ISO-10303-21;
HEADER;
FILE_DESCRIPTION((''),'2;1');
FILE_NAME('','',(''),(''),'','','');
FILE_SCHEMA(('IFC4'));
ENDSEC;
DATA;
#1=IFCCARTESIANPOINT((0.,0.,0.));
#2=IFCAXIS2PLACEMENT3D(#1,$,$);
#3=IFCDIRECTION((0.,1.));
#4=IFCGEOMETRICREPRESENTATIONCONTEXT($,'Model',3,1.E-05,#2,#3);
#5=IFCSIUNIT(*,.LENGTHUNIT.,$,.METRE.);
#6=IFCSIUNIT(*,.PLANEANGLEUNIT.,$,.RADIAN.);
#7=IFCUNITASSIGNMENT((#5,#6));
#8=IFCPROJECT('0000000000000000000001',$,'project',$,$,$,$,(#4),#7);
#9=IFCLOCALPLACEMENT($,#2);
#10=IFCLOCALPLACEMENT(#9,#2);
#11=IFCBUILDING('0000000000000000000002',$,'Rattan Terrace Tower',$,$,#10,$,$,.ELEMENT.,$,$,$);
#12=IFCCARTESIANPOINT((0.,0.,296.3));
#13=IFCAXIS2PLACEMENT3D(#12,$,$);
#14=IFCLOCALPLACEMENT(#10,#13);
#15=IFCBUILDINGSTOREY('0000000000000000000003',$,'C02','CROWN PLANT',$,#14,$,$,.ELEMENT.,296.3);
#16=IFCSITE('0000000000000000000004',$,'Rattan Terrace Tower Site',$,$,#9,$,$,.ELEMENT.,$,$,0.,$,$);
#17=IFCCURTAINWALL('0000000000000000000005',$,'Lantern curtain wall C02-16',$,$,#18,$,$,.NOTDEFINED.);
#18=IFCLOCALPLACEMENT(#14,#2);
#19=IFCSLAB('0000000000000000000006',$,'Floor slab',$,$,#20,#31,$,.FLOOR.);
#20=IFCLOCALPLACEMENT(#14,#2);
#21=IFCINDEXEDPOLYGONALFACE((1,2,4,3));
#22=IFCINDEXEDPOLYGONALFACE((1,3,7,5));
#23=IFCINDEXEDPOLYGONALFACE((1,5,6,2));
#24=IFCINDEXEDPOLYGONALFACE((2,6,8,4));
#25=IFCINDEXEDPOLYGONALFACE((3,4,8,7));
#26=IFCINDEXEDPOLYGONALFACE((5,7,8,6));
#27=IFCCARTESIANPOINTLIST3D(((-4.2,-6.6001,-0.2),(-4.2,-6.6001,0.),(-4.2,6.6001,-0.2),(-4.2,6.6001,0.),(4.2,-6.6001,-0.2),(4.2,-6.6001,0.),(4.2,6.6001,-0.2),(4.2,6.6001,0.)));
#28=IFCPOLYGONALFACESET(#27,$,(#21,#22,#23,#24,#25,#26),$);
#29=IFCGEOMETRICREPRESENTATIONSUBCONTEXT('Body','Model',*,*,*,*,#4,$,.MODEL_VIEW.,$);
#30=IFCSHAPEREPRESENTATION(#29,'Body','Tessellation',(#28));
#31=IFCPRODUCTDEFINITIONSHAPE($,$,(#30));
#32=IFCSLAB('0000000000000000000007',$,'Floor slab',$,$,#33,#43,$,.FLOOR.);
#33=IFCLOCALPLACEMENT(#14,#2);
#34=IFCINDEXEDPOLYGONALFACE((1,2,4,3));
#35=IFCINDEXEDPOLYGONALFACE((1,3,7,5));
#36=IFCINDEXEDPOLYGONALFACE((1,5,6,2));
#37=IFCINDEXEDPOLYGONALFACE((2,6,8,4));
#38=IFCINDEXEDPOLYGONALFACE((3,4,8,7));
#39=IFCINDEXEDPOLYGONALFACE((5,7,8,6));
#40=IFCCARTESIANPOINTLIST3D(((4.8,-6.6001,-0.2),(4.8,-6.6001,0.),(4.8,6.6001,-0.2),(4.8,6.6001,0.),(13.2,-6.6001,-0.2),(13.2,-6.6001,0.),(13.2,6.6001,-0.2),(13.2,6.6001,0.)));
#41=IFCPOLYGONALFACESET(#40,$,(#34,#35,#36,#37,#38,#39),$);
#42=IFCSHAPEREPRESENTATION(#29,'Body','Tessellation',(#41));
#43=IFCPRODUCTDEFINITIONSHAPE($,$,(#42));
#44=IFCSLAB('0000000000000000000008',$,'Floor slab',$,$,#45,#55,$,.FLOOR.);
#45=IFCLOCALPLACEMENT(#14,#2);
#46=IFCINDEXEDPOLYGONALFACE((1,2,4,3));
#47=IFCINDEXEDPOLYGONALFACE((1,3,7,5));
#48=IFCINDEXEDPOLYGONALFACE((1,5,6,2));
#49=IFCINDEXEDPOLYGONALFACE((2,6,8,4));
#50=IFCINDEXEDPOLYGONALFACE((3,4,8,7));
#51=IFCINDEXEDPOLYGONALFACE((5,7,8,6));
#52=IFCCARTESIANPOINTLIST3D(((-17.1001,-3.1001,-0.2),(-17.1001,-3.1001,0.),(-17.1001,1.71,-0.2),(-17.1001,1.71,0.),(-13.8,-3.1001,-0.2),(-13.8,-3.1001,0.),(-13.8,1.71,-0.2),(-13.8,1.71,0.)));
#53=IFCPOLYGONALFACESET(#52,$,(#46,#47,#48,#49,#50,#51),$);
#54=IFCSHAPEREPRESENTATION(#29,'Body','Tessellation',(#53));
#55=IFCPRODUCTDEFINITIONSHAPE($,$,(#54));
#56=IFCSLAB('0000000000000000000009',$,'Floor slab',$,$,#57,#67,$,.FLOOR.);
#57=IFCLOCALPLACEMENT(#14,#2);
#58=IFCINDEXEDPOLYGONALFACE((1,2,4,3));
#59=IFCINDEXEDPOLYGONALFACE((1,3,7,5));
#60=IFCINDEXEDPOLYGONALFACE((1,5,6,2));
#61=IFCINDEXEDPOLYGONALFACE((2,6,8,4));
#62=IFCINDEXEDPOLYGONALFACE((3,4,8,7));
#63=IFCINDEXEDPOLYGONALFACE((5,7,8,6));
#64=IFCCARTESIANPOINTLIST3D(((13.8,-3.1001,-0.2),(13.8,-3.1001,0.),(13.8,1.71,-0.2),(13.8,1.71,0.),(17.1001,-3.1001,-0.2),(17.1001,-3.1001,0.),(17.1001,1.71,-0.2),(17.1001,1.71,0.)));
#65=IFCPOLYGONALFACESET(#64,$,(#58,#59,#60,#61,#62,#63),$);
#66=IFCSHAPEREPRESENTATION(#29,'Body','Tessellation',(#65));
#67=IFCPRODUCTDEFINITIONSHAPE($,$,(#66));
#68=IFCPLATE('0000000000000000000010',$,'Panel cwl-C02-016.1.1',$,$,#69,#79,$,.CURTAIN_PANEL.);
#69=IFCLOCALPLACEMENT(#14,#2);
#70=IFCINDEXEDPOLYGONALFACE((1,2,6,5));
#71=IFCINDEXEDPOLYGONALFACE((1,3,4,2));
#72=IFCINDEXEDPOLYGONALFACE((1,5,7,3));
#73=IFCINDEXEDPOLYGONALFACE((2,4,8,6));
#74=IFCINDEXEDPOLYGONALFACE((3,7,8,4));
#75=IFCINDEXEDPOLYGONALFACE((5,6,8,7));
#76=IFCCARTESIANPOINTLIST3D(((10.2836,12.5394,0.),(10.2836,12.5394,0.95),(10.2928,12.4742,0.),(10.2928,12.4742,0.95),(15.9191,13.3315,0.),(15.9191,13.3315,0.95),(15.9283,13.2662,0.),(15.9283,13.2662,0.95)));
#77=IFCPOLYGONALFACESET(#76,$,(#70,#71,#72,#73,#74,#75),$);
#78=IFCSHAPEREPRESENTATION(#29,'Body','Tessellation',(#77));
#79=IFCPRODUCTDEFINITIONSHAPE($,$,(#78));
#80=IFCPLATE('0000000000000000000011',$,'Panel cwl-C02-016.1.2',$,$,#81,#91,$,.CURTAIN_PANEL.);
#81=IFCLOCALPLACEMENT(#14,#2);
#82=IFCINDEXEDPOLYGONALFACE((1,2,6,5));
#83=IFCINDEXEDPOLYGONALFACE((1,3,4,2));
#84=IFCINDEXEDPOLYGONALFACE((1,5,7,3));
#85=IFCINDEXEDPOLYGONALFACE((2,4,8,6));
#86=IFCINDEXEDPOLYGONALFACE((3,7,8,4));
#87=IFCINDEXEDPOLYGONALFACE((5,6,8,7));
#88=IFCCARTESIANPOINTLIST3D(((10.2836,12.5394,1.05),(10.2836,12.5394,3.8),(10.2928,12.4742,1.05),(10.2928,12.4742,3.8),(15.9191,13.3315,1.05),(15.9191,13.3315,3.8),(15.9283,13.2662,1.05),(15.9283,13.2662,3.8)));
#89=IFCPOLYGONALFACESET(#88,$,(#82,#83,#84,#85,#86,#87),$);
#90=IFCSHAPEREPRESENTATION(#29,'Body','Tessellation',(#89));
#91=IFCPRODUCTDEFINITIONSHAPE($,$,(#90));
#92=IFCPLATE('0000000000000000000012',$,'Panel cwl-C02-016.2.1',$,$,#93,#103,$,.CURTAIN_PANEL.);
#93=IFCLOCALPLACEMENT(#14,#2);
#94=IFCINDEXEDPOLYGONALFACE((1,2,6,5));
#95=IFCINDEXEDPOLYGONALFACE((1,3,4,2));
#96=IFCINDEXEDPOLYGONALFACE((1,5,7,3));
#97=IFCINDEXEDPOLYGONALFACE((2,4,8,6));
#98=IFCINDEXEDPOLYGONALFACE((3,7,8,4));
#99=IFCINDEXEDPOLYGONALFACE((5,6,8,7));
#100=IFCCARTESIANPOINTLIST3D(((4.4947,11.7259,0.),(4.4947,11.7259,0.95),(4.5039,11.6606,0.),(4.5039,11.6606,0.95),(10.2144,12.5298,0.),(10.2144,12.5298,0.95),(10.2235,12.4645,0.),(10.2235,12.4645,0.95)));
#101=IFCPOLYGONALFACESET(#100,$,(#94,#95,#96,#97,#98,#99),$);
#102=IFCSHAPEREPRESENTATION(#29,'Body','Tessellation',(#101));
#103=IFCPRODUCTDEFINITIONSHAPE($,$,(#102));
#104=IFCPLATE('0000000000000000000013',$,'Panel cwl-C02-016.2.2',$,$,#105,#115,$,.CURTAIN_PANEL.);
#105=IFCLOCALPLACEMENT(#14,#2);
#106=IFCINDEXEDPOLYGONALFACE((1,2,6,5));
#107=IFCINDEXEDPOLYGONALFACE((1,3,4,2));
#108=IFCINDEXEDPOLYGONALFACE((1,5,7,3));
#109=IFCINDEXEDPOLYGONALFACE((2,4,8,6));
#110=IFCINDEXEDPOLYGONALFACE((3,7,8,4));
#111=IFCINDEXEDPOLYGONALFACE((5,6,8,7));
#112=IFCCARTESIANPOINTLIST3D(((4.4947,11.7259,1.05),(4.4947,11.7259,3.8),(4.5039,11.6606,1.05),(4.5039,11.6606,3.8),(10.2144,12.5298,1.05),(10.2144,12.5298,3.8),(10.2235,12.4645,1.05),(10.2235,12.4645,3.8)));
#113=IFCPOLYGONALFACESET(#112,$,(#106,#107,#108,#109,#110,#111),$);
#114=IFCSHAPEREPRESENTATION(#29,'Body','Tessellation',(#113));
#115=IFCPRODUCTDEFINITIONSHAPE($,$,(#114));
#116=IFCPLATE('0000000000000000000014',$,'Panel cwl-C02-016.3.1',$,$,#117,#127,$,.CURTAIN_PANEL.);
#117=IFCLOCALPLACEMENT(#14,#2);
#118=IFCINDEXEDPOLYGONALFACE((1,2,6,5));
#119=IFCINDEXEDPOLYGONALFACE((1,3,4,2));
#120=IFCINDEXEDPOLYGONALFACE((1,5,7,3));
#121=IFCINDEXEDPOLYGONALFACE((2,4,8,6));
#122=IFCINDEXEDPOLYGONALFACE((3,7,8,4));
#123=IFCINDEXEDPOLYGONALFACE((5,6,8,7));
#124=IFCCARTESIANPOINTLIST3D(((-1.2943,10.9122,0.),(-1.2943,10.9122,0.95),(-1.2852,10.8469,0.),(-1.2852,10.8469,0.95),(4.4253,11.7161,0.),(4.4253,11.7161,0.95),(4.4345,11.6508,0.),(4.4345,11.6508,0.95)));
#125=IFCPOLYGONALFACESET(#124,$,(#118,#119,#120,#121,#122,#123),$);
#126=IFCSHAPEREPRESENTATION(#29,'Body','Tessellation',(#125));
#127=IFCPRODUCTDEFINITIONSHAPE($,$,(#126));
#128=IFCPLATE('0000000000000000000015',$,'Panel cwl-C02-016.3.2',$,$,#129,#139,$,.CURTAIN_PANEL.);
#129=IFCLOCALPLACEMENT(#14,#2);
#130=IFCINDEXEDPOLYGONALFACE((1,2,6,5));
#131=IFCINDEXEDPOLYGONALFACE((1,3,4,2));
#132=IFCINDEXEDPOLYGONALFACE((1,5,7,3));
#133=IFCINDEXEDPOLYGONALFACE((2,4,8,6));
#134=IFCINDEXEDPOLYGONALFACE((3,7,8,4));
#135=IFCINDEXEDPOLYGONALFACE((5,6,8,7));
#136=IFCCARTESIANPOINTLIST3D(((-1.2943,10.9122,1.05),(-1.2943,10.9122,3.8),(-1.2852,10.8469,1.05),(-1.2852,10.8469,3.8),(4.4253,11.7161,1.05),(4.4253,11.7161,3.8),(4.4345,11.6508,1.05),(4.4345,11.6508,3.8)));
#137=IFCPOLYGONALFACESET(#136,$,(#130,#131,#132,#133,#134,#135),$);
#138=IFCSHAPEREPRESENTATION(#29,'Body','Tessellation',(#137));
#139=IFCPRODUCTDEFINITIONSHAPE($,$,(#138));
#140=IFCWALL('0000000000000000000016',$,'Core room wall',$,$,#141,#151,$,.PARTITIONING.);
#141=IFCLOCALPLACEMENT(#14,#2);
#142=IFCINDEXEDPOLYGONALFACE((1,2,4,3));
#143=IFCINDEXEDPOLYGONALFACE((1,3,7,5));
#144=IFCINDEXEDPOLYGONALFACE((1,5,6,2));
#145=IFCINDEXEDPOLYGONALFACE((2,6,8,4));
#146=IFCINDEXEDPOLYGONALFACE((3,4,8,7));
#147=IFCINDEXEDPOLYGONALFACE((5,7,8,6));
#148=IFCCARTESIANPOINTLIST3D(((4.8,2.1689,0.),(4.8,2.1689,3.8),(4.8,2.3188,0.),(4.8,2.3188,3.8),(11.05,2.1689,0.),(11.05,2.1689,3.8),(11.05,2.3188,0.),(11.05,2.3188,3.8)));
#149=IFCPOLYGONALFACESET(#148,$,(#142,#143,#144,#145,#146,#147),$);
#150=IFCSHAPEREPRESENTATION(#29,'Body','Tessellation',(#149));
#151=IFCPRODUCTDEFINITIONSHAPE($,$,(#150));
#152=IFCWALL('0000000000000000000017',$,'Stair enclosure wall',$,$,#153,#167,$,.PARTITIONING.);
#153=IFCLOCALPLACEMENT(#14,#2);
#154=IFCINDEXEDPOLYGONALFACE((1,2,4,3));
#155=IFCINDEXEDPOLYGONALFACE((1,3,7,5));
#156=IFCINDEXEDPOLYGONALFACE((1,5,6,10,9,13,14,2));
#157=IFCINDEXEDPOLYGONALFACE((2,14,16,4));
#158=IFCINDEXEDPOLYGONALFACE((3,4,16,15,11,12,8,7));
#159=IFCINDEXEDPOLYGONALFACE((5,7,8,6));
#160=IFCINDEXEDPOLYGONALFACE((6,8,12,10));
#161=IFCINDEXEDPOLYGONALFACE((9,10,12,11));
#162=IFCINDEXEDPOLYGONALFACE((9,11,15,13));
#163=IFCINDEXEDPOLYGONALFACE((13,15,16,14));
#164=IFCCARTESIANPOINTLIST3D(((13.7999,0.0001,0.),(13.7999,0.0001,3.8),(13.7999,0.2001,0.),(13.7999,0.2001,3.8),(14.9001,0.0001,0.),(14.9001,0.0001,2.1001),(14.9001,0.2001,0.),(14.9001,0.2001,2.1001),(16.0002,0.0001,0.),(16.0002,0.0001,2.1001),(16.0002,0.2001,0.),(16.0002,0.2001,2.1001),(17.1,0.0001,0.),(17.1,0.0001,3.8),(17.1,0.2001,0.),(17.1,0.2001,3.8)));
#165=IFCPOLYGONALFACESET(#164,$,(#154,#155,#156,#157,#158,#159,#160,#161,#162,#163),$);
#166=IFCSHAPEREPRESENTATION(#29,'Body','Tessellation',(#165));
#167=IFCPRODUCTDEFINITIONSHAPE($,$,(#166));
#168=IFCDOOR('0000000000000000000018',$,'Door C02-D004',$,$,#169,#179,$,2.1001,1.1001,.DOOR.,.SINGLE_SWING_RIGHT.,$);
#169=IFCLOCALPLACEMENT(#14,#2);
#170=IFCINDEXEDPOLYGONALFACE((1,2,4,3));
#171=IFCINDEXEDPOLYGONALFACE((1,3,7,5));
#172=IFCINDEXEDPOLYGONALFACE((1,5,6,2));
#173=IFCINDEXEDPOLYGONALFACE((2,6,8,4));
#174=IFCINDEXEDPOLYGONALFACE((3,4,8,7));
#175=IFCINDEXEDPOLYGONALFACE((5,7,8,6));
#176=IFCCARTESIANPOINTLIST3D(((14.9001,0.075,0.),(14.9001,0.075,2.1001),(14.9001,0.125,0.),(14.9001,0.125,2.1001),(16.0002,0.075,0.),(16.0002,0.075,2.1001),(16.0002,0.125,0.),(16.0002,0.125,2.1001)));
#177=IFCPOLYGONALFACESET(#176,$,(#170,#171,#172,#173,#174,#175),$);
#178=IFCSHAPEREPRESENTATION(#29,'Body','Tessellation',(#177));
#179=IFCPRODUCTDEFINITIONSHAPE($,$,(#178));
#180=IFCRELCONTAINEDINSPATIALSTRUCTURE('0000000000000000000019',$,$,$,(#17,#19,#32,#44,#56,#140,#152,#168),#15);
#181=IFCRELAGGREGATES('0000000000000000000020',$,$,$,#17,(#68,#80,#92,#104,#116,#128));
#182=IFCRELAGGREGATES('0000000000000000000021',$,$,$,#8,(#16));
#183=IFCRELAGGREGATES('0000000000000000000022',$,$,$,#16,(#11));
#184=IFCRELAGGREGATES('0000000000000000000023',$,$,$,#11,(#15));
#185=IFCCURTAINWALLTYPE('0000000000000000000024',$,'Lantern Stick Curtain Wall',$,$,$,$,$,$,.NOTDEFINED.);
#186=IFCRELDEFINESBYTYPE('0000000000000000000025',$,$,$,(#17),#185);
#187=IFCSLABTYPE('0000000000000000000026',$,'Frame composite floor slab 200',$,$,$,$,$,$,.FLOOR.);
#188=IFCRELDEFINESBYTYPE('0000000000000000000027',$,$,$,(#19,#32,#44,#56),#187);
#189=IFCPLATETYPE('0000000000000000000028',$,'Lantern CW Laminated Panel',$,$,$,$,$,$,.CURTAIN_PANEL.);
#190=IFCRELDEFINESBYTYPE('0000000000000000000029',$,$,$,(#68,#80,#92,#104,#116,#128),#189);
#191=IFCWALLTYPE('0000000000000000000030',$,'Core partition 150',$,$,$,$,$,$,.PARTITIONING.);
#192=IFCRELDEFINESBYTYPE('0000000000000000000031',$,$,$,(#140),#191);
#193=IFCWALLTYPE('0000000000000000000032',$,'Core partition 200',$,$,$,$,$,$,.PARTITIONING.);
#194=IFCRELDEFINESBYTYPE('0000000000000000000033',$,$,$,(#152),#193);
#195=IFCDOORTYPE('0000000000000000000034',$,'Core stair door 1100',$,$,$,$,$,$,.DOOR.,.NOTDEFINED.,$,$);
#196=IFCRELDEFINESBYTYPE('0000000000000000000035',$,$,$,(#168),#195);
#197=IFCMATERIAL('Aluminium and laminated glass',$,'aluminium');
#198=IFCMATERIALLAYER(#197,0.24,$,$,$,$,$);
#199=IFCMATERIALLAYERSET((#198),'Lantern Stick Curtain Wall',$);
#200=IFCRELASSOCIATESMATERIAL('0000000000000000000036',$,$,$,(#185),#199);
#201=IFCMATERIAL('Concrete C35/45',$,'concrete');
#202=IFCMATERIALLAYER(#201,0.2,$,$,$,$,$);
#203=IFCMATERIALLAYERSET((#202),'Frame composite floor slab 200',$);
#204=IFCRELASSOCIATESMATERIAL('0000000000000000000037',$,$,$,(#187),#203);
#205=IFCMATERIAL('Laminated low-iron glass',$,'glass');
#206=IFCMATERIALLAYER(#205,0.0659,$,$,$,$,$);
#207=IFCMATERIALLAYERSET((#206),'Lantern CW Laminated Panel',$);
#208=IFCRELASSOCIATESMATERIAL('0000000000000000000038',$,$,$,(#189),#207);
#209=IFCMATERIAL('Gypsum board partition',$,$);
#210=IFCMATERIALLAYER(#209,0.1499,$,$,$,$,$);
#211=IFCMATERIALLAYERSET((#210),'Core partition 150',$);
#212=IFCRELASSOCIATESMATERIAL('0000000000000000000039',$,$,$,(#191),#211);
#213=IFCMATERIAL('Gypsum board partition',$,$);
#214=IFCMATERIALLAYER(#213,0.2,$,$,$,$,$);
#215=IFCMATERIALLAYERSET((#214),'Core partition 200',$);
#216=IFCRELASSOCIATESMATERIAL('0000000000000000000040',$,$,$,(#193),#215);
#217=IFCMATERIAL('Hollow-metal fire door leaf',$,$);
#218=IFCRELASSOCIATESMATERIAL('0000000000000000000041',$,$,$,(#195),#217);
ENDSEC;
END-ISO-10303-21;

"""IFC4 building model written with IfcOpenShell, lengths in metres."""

from ifc_helpers import new_model, si_unit, direction, frame, frame_2d, origin, origin_2d, place, context, subcontext, project, spatial, polyline, rectangle, outline, extrude, material, layer, layer_set, type_object, element, fill, aggregate, save


model = new_model("IFC4")

# Units and contexts
model_context = context("Model", 3, precision=1e-05, world=origin(), true_north=direction((0.0, 1.0)))
body_context = subcontext(model_context, "Body", "Model", "MODEL_VIEW")
ifc_project = project(units=[si_unit("LENGTHUNIT", "METRE"), si_unit("PLANEANGLEUNIT", "RADIAN")], contexts=[model_context])

# Site, building, storey
site_placement = place(None, origin())
site = spatial("IfcSite", under=ifc_project, at=site_placement, Name="Rattan Terrace Tower Site", CompositionType="ELEMENT", RefElevation=0.0)
building_placement = place(site_placement, origin())
building = spatial("IfcBuilding", under=site, at=building_placement, Name="Rattan Terrace Tower", CompositionType="ELEMENT")
storey_placement = place(building_placement, frame((0.0, 0.0, 296.3)))
storey = spatial("IfcBuildingStorey", under=building, at=storey_placement, Name="C02", Description="CROWN PLANT", CompositionType="ELEMENT", Elevation=296.3)

# Curtain wall
ifc_material_1 = material(Name="Aluminium and laminated glass", Category="aluminium")
ifc_layer_1 = layer(ifc_material_1, 0.24)
ifc_layer_set_1 = layer_set([ifc_layer_1], Name="Lantern Stick Curtain Wall")
curtain_wall_type = type_object("IfcCurtainWallType", Name="Lantern Stick Curtain Wall", PredefinedType="NOTDEFINED", material=ifc_layer_set_1)
curtain_wall_placement = place(storey_placement, origin())
curtain_wall = element("IfcCurtainWall", 1, at=curtain_wall_placement, inside=storey, type_object=curtain_wall_type, Name="Lantern curtain wall C02-16", PredefinedType="NOTDEFINED")

# Slabs
ifc_material_2 = material(Name="Concrete C35/45", Category="concrete")
ifc_layer_2 = layer(ifc_material_2, 0.2)
ifc_layer_set_2 = layer_set([ifc_layer_2], Name="Frame composite floor slab 200")
slab_type_1 = type_object("IfcSlabType", Name="Frame composite floor slab 200", PredefinedType="FLOOR", material=ifc_layer_set_2)
slab_1_placement = place(storey_placement, frame((0.0, 0.0, -0.2)))
element("IfcSlab", 2, at=slab_1_placement, inside=storey, type_object=slab_type_1, Name="Floor slab", PredefinedType="FLOOR", context=body_context, shape_type="SweptSolid", body=[
    extrude(outline(polyline([(-4.2, 6.6001), (-4.2, -6.6001), (4.2, -6.6001), (4.2, 6.6001), (-4.2, 6.6001)])), origin(), (0.0, 0.0, 1.0), 0.2),
])
slab_2_placement = place(storey_placement, frame((0.0, 0.0, -0.2)))
element("IfcSlab", 3, at=slab_2_placement, inside=storey, type_object=slab_type_1, Name="Floor slab", PredefinedType="FLOOR", context=body_context, shape_type="SweptSolid", body=[
    extrude(outline(polyline([(4.8, -6.6001), (13.2, -6.6001), (13.2, 6.6001), (4.8, 6.6001), (4.8, -6.6001)])), origin(), (0.0, 0.0, 1.0), 0.2),
])
slab_3_placement = place(storey_placement, frame((0.0, 0.0, -0.2)))
element("IfcSlab", 4, at=slab_3_placement, inside=storey, type_object=slab_type_1, Name="Floor slab", PredefinedType="FLOOR", context=body_context, shape_type="SweptSolid", body=[
    extrude(outline(polyline([(-13.8, -3.1001), (-13.8, 1.71), (-17.1001, 1.71), (-17.1001, -3.1001), (-13.8, -3.1001)])), origin(), (0.0, 0.0, 1.0), 0.2),
])
slab_4_placement = place(storey_placement, frame((0.0, 0.0, -0.2)))
element("IfcSlab", 5, at=slab_4_placement, inside=storey, type_object=slab_type_1, Name="Floor slab", PredefinedType="FLOOR", context=body_context, shape_type="SweptSolid", body=[
    extrude(outline(polyline([(13.8, -3.1001), (17.1001, -3.1001), (17.1001, 1.71), (13.8, 1.71), (13.8, -3.1001)])), origin(), (0.0, 0.0, 1.0), 0.2),
])

# Plates
ifc_material_3 = material(Name="Laminated low-iron glass", Category="glass")
ifc_layer_3 = layer(ifc_material_3, 0.0659)
ifc_layer_set_3 = layer_set([ifc_layer_3], Name="Lantern CW Laminated Panel")
plate_type = type_object("IfcPlateType", Name="Lantern CW Laminated Panel", PredefinedType="CURTAIN_PANEL", material=ifc_layer_set_3)
plate_1_placement = place(storey_placement, frame((13.106, 12.9028, 0.0), z_axis=(0.0, 0.0, 1.0), x_axis=(-0.990267, -0.139181, 0.0)))
plate_1 = element("IfcPlate", 6, at=plate_1_placement, type_object=plate_type, Name="Panel cwl-C02-016.1.1", PredefinedType="CURTAIN_PANEL", context=body_context, shape_type="SweptSolid", body=[
    extrude(rectangle(XDim=5.6909, YDim=0.0659, at=origin_2d()), origin(), (0.0, 0.0, 1.0), 0.95),
])
plate_2_placement = place(storey_placement, frame((13.106, 12.9028, 1.05), z_axis=(0.0, 0.0, 1.0), x_axis=(-0.990267, -0.139181, 0.0)))
plate_2 = element("IfcPlate", 7, at=plate_2_placement, type_object=plate_type, Name="Panel cwl-C02-016.1.2", PredefinedType="CURTAIN_PANEL", context=body_context, shape_type="SweptSolid", body=[
    extrude(rectangle(XDim=5.6909, YDim=0.0659, at=origin_2d()), origin(), (0.0, 0.0, 1.0), 2.75),
])
plate_3_placement = place(storey_placement, frame((7.3591, 12.0952, 0.0), z_axis=(0.0, 0.0, 1.0), x_axis=(-0.990267, -0.139181, 0.0)))
plate_3 = element("IfcPlate", 8, at=plate_3_placement, type_object=plate_type, Name="Panel cwl-C02-016.2.1", PredefinedType="CURTAIN_PANEL", context=body_context, shape_type="SweptSolid", body=[
    extrude(rectangle(XDim=5.7759, YDim=0.0659, at=origin_2d()), origin(), (0.0, 0.0, 1.0), 0.95),
])
plate_4_placement = place(storey_placement, frame((7.3591, 12.0952, 1.05), z_axis=(0.0, 0.0, 1.0), x_axis=(-0.990267, -0.139181, 0.0)))
plate_4 = element("IfcPlate", 9, at=plate_4_placement, type_object=plate_type, Name="Panel cwl-C02-016.2.2", PredefinedType="CURTAIN_PANEL", context=body_context, shape_type="SweptSolid", body=[
    extrude(rectangle(XDim=5.7759, YDim=0.0659, at=origin_2d()), origin(), (0.0, 0.0, 1.0), 2.75),
])
plate_5_placement = place(storey_placement, frame((1.5701, 11.2815, 0.0), z_axis=(0.0, 0.0, 1.0), x_axis=(-0.990267, -0.139181, 0.0)))
plate_5 = element("IfcPlate", 10, at=plate_5_placement, type_object=plate_type, Name="Panel cwl-C02-016.3.1", PredefinedType="CURTAIN_PANEL", context=body_context, shape_type="SweptSolid", body=[
    extrude(rectangle(XDim=5.7759, YDim=0.0659, at=origin_2d()), origin(), (0.0, 0.0, 1.0), 0.95),
])
plate_6_placement = place(storey_placement, frame((1.5701, 11.2815, 1.05), z_axis=(0.0, 0.0, 1.0), x_axis=(-0.990267, -0.139181, 0.0)))
plate_6 = element("IfcPlate", 11, at=plate_6_placement, type_object=plate_type, Name="Panel cwl-C02-016.3.2", PredefinedType="CURTAIN_PANEL", context=body_context, shape_type="SweptSolid", body=[
    extrude(rectangle(XDim=5.7759, YDim=0.0659, at=origin_2d()), origin(), (0.0, 0.0, 1.0), 2.75),
])
aggregate(curtain_wall, [plate_1, plate_2, plate_3, plate_4, plate_5, plate_6])

# Wall
ifc_material_4 = material(Name="Gypsum board partition")
ifc_layer_4 = layer(ifc_material_4, 0.1499)
ifc_layer_set_4 = layer_set([ifc_layer_4], Name="Core partition 150")
wall_type_1 = type_object("IfcWallType", Name="Core partition 150", PredefinedType="PARTITIONING", material=ifc_layer_set_4)
wall_1_placement = place(storey_placement, frame((4.8, 2.2439, 0.0), z_axis=(0.0, 0.0, 1.0), x_axis=(1.0, 0.0, 0.0)))
element("IfcWall", 12, at=wall_1_placement, inside=storey, type_object=wall_type_1, Name="Core room wall", PredefinedType="PARTITIONING", context=body_context, shape_type="SweptSolid", body=[
    extrude(rectangle(XDim=6.25, YDim=0.1499, at=frame_2d((3.125, 0.0))), origin(), (0.0, 0.0, 1.0), 3.8),
])

# Wall, opening, door
ifc_material_5 = material(Name="Gypsum board partition")
ifc_layer_5 = layer(ifc_material_5, 0.2)
ifc_layer_set_5 = layer_set([ifc_layer_5], Name="Core partition 200")
wall_type_2 = type_object("IfcWallType", Name="Core partition 200", PredefinedType="PARTITIONING", material=ifc_layer_set_5)
wall_2_placement = place(storey_placement, frame((13.8, 0.1001, 0.0), z_axis=(0.0, 0.0, 1.0), x_axis=(1.0, 0.0, 0.0)))
wall_2 = element("IfcWall", 13, at=wall_2_placement, inside=storey, type_object=wall_type_2, Name="Stair enclosure wall", PredefinedType="PARTITIONING", context=body_context, shape_type="SweptSolid", body=[
    extrude(rectangle(XDim=3.3, YDim=0.2, at=frame_2d((1.6499, 0.0))), origin(), (0.0, 0.0, 1.0), 3.8),
])
opening_placement = place(wall_2_placement, frame((1.1001, 0.0, 0.0)))
opening = element("IfcOpeningElement", 14, at=opening_placement, cuts=wall_2, PredefinedType="OPENING", context=body_context, shape_type="SweptSolid", body=[
    extrude(rectangle(XDim=1.1001, YDim=2.1001, at=frame_2d((0.55, 1.05))), frame((0.0, 0.1106, 0.0), z_axis=(0.0, -1.0, 0.0), x_axis=(1.0, 0.0, 0.0)), (0.0, 0.0, 1.0), 0.2209),
])
ifc_material_6 = material(Name="Hollow-metal fire door leaf")
door_type = type_object("IfcDoorType", Name="Core stair door 1100", OperationType="NOTDEFINED", PredefinedType="DOOR", material=ifc_material_6)
door_placement = place(opening_placement, origin())
door = element("IfcDoor", 15, at=door_placement, inside=storey, type_object=door_type, Name="Door C02-D004", OperationType="SINGLE_SWING_RIGHT", OverallHeight=2.1001, OverallWidth=1.1001, PredefinedType="DOOR", context=body_context, shape_type="SweptSolid", body=[
    extrude(rectangle(XDim=1.1001, YDim=2.1001, at=frame_2d((0.55, 1.05))), frame((0.0, 0.0249, 0.0), z_axis=(0.0, -1.0, 0.0), x_axis=(1.0, 0.0, 0.0)), (0.0, 0.0, 1.0), 0.05),
])
fill(opening, door)

save(model, "model.ifc")
